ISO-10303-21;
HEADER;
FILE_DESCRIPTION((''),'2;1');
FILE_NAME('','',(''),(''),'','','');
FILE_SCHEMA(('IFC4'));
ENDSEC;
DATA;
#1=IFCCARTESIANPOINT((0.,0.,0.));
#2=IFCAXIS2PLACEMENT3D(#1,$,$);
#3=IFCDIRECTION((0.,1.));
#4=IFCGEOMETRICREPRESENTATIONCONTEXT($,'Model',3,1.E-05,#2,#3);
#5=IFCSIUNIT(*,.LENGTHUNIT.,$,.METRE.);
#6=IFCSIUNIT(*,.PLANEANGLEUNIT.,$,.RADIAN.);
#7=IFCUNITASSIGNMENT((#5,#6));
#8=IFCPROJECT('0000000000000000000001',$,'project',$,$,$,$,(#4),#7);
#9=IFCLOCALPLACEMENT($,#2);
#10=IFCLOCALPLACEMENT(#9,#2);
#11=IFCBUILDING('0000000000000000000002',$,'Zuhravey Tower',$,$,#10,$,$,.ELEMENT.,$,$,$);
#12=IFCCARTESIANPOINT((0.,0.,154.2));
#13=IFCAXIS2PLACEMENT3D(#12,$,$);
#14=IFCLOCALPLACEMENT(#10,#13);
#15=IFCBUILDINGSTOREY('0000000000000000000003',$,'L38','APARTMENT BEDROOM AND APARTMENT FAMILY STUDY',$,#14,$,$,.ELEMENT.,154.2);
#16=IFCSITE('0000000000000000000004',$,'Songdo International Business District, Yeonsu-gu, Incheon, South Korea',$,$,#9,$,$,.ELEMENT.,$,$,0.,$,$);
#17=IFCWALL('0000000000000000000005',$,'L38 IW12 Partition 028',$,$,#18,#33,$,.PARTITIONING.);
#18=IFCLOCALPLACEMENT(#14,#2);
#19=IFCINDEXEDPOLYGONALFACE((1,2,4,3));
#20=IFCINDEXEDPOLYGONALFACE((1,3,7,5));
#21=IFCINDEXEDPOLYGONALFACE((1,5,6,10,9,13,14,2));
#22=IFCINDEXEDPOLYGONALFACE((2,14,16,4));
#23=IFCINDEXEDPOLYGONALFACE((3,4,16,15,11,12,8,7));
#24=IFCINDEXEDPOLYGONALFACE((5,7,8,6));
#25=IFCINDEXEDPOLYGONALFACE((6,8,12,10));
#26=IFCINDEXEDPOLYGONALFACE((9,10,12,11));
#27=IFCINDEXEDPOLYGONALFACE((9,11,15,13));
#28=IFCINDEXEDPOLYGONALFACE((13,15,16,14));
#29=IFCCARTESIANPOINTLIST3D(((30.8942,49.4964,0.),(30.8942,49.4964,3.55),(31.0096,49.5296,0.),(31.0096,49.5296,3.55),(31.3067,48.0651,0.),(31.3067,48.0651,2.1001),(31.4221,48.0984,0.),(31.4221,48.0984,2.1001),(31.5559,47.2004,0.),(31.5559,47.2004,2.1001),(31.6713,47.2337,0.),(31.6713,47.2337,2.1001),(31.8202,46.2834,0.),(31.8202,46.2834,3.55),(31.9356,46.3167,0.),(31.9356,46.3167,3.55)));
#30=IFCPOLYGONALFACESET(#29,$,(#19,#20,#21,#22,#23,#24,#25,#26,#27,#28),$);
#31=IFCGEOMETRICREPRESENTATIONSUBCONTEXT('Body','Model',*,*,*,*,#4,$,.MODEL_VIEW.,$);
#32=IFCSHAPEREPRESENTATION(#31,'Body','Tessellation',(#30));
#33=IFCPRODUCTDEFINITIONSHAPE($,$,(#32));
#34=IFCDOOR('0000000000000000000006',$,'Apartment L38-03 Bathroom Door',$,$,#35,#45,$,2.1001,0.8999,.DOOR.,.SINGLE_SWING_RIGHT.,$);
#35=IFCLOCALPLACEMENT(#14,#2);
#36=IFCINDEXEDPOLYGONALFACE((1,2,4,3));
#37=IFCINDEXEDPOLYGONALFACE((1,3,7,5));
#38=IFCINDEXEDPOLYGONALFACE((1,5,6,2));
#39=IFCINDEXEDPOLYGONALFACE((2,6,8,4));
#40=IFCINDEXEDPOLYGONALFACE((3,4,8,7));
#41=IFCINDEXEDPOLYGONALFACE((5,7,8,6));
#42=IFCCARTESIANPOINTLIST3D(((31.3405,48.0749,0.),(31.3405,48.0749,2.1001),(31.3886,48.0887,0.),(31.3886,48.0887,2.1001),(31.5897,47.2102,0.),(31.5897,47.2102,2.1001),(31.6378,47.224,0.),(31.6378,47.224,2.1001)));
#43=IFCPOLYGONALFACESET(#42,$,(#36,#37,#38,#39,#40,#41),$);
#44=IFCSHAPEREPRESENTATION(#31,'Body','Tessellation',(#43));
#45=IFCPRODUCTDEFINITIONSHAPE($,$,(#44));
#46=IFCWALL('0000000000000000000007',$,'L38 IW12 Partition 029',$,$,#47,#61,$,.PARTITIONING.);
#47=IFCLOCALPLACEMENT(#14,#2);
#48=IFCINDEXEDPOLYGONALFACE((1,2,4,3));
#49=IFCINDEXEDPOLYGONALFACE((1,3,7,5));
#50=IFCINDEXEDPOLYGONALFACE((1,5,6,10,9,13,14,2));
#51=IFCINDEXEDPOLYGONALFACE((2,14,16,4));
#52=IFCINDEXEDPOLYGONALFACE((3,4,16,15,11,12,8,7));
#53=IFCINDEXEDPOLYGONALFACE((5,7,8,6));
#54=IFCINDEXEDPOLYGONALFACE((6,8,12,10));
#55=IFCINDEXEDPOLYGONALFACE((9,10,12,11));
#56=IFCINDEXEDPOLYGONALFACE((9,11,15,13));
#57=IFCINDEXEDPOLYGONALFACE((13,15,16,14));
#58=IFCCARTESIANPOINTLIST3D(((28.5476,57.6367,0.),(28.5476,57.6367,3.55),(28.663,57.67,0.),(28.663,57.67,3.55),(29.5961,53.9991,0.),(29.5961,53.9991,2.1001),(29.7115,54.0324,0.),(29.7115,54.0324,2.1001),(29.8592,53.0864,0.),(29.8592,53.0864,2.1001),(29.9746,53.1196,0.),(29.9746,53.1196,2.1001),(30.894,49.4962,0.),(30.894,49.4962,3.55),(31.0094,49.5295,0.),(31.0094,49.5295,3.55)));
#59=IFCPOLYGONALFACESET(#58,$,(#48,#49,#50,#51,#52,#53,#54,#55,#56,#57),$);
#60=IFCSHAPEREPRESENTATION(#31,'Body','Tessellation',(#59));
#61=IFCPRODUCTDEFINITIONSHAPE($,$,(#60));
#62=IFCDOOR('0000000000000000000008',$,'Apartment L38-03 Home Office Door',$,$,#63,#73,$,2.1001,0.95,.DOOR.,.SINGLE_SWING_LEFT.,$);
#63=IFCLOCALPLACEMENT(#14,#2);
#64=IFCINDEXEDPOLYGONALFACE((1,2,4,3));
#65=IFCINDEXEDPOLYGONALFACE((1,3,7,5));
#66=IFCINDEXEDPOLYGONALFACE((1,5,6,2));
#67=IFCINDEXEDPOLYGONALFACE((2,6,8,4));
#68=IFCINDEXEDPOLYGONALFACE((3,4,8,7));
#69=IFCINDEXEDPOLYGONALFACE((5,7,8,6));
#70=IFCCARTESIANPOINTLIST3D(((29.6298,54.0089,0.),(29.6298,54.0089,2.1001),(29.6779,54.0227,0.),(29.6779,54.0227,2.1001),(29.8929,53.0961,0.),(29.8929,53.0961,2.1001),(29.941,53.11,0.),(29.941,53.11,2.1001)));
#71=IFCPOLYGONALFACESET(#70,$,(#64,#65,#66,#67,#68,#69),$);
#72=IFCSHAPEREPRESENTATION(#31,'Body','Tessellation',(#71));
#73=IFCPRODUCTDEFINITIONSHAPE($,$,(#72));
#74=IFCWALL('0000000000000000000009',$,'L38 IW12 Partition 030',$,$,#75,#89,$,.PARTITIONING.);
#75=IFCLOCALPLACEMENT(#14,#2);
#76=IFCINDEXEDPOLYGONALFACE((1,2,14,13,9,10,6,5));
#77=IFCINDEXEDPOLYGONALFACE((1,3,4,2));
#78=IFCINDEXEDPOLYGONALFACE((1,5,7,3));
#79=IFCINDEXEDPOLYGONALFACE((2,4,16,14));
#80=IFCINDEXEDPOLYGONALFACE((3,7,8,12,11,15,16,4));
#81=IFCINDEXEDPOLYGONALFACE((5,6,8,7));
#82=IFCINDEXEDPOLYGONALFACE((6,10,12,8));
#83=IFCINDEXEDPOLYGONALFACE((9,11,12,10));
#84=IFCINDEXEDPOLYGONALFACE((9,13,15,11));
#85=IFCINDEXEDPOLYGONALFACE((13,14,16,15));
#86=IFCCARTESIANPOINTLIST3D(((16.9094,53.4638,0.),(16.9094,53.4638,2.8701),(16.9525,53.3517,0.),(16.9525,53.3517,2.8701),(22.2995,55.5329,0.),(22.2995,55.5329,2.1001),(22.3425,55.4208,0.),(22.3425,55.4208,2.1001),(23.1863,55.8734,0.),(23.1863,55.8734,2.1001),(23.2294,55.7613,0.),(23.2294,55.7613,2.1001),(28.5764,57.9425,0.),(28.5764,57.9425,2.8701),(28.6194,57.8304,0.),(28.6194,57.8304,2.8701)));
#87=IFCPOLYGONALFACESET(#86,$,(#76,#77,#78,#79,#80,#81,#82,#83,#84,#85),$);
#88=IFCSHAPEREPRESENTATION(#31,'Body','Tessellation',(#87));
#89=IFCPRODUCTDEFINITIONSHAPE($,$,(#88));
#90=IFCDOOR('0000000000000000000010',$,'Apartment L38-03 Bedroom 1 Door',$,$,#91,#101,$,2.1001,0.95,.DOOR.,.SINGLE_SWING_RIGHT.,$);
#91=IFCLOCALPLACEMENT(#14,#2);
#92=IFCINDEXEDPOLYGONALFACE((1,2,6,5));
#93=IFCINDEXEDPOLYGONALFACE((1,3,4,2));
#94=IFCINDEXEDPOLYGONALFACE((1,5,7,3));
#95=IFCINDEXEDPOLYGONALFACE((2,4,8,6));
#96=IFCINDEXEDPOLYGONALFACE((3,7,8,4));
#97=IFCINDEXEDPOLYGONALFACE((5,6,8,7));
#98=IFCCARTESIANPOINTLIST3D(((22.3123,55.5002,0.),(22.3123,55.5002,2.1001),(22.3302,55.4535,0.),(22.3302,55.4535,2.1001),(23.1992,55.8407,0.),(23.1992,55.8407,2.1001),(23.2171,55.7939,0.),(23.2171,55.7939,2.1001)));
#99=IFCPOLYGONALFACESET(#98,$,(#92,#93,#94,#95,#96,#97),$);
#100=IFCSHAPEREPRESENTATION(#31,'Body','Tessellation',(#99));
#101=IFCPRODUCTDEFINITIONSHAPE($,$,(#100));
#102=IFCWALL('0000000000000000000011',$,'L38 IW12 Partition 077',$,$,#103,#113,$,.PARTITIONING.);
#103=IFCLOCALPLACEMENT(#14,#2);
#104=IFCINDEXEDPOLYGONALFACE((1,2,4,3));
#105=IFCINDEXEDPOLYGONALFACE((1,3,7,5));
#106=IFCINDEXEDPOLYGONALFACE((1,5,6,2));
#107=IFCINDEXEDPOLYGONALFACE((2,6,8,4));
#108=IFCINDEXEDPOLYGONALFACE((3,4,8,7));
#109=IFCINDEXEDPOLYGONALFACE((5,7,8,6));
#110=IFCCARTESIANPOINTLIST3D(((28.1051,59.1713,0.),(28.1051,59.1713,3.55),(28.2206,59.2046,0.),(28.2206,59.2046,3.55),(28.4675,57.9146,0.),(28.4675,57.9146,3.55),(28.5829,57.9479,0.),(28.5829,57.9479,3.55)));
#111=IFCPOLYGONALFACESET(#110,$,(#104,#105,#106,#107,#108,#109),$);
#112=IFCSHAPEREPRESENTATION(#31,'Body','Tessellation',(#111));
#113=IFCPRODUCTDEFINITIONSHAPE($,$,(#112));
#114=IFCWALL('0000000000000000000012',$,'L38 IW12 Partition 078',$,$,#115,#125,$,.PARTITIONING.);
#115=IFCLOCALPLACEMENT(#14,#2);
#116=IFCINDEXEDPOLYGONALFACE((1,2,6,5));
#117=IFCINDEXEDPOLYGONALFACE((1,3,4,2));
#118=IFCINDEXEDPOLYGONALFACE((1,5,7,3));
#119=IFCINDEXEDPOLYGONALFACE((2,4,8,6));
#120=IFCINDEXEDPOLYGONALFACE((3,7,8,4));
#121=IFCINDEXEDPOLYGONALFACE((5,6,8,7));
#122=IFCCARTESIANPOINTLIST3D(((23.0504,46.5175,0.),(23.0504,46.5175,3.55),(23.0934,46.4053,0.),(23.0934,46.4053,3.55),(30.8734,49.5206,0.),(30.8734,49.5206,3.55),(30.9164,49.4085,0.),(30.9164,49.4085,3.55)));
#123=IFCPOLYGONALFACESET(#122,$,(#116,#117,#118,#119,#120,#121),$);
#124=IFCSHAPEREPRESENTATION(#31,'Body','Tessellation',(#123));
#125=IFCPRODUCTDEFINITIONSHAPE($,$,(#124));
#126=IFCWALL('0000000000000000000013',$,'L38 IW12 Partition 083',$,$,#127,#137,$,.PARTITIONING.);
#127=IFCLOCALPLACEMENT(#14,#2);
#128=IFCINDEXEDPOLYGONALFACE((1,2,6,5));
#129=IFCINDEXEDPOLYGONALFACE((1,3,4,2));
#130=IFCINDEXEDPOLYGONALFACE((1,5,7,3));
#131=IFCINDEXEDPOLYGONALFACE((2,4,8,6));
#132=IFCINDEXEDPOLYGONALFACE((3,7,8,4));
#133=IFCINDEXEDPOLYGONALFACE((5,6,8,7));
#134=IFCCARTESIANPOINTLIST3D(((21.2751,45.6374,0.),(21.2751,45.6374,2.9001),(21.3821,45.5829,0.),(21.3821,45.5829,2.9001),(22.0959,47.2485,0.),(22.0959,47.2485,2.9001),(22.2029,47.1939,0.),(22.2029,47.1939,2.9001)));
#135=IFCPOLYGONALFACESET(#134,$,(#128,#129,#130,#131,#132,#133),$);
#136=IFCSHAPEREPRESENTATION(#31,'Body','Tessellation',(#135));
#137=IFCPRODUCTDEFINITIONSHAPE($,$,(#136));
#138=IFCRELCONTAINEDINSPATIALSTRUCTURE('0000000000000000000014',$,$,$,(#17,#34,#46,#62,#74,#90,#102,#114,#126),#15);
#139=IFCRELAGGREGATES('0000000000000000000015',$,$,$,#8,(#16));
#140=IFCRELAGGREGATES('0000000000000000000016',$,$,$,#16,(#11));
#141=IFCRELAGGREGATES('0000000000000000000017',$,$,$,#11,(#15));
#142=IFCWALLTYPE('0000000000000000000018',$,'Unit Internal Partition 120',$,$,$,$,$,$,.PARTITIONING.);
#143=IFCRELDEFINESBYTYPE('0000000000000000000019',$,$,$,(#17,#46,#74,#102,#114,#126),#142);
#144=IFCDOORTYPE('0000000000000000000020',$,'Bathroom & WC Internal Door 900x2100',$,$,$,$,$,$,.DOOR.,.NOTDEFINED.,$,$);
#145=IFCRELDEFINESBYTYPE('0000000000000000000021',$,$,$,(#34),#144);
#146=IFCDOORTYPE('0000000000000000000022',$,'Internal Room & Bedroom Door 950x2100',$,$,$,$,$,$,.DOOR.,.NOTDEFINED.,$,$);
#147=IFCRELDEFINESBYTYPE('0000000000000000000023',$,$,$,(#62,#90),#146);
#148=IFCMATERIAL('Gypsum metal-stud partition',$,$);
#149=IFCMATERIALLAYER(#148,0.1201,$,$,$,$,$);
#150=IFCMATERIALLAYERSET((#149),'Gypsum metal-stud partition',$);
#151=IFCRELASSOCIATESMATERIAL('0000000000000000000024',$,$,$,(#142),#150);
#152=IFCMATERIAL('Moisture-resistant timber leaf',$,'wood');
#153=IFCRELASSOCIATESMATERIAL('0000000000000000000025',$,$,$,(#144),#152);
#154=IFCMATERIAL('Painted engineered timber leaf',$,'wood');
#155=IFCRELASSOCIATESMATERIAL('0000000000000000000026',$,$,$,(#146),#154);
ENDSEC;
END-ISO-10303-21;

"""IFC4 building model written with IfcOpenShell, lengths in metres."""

from ifc_helpers import new_model, si_unit, direction, frame, frame_2d, origin, place, context, subcontext, project, spatial, rectangle, extrude, material, layer, layer_set, type_object, element, fill, save


model = new_model("IFC4")

# Units and contexts
model_context = context("Model", 3, precision=1e-05, world=origin(), true_north=direction((0.0, 1.0)))
body_context = subcontext(model_context, "Body", "Model", "MODEL_VIEW")
ifc_project = project(units=[si_unit("LENGTHUNIT", "METRE"), si_unit("PLANEANGLEUNIT", "RADIAN")], contexts=[model_context])

# Site, building, storey
site_placement = place(None, origin())
site = spatial("IfcSite", under=ifc_project, at=site_placement, Name="Songdo International Business District, Yeonsu-gu, Incheon, South Korea", CompositionType="ELEMENT", RefElevation=0.0)
building_placement = place(site_placement, origin())
building = spatial("IfcBuilding", under=site, at=building_placement, Name="Zuhravey Tower", CompositionType="ELEMENT")
storey_placement = place(building_placement, frame((0.0, 0.0, 154.2)))
storey = spatial("IfcBuildingStorey", under=building, at=storey_placement, Name="L38", Description="APARTMENT BEDROOM AND APARTMENT FAMILY STUDY", CompositionType="ELEMENT", Elevation=154.2)

# Walls, openings, doors
ifc_material_1 = material(Name="Gypsum metal-stud partition")
ifc_layer_1 = layer(ifc_material_1, 0.1201)
ifc_layer_set_1 = layer_set([ifc_layer_1], Name="Gypsum metal-stud partition")
wall_type_1 = type_object("IfcWallType", Name="Unit Internal Partition 120", PredefinedType="PARTITIONING", material=ifc_layer_set_1)
wall_1_placement = place(storey_placement, frame((31.8779, 46.3, 0.0), z_axis=(0.0, 0.0, 1.0), x_axis=(-0.276948, 0.960885, 0.0)))
wall_1 = element("IfcWall", 1, at=wall_1_placement, inside=storey, type_object=wall_type_1, Name="L38 IW12 Partition 028", PredefinedType="PARTITIONING", context=body_context, shape_type="SweptSolid", body=[
    extrude(rectangle(XDim=3.3438, YDim=0.1201, at=frame_2d((1.6719, 0.0))), origin(), (0.0, 0.0, 1.0), 3.55),
])
opening_1_placement = place(wall_1_placement, frame((0.9543, 0.0, 0.0)))
opening_1 = element("IfcOpeningElement", 2, at=opening_1_placement, cuts=wall_1, PredefinedType="OPENING", context=body_context, shape_type="SweptSolid", body=[
    extrude(rectangle(XDim=0.8999, YDim=2.1001, at=frame_2d((0.45, 1.05))), frame((0.0, 0.072, 0.0), z_axis=(0.0, -1.0, 0.0), x_axis=(1.0, 0.0, 0.0)), (0.0, 0.0, 1.0), 0.144),
])
ifc_material_2 = material(Name="Moisture-resistant timber leaf", Category="wood")
door_type_1 = type_object("IfcDoorType", Name="Bathroom & WC Internal Door 900x2100", OperationType="NOTDEFINED", PredefinedType="DOOR", material=ifc_material_2)
door_1_placement = place(opening_1_placement, origin())
door_1 = element("IfcDoor", 3, at=door_1_placement, inside=storey, type_object=door_type_1, Name="Apartment L38-03 Bathroom Door", OperationType="SINGLE_SWING_RIGHT", OverallHeight=2.1001, OverallWidth=0.8999, PredefinedType="DOOR", context=body_context, shape_type="SweptSolid", body=[
    extrude(rectangle(XDim=0.8999, YDim=2.1001, at=frame_2d((0.45, 1.05))), frame((0.0, 0.0249, 0.0), z_axis=(0.0, -1.0, 0.0), x_axis=(1.0, 0.0, 0.0)), (0.0, 0.0, 1.0), 0.05),
])
fill(opening_1, door_1)
wall_2_placement = place(storey_placement, frame((30.9517, 49.5129, 0.0), z_axis=(0.0, 0.0, 1.0), x_axis=(-0.276962, 0.960881, 0.0)))
wall_2 = element("IfcWall", 4, at=wall_2_placement, inside=storey, type_object=wall_type_1, Name="L38 IW12 Partition 029", PredefinedType="PARTITIONING", context=body_context, shape_type="SweptSolid", body=[
    extrude(rectangle(XDim=8.4719, YDim=0.1201, at=frame_2d((4.2358, 0.0))), origin(), (0.0, 0.0, 1.0), 3.55),
])
opening_2_placement = place(wall_2_placement, frame((3.7361, 0.0, 0.0)))
opening_2 = element("IfcOpeningElement", 5, at=opening_2_placement, cuts=wall_2, PredefinedType="OPENING", context=body_context, shape_type="SweptSolid", body=[
    extrude(rectangle(XDim=0.95, YDim=2.1001, at=frame_2d((0.4751, 1.05))), frame((0.0, 0.072, 0.0), z_axis=(0.0, -1.0, 0.0), x_axis=(1.0, 0.0, 0.0)), (0.0, 0.0, 1.0), 0.144),
])
ifc_material_3 = material(Name="Painted engineered timber leaf", Category="wood")
door_type_2 = type_object("IfcDoorType", Name="Internal Room & Bedroom Door 950x2100", OperationType="NOTDEFINED", PredefinedType="DOOR", material=ifc_material_3)
door_2_placement = place(opening_2_placement, origin())
door_2 = element("IfcDoor", 6, at=door_2_placement, inside=storey, type_object=door_type_2, Name="Apartment L38-03 Home Office Door", OperationType="SINGLE_SWING_LEFT", OverallHeight=2.1001, OverallWidth=0.95, PredefinedType="DOOR", context=body_context, shape_type="SweptSolid", body=[
    extrude(rectangle(XDim=0.95, YDim=2.1001, at=frame_2d((0.4751, 1.05))), frame((0.0, 0.0249, 0.0), z_axis=(0.0, -1.0, 0.0), x_axis=(1.0, 0.0, 0.0)), (0.0, 0.0, 1.0), 0.05),
])
fill(opening_2, door_2)
wall_3_placement = place(storey_placement, frame((28.5979, 57.8865, 0.0), z_axis=(0.0, 0.0, 1.0), x_axis=(-0.933575, -0.358383, 0.0)))
wall_3 = element("IfcWall", 7, at=wall_3_placement, inside=storey, type_object=wall_type_1, Name="L38 IW12 Partition 030", PredefinedType="PARTITIONING", context=body_context, shape_type="SweptSolid", body=[
    extrude(rectangle(XDim=12.4971, YDim=0.1201, at=frame_2d((6.2485, 0.0))), origin(), (0.0, 0.0, 1.0), 2.8701),
])
opening_3_placement = place(wall_3_placement, frame((5.7734, 0.0, 0.0)))
opening_3 = element("IfcOpeningElement", 8, at=opening_3_placement, cuts=wall_3, PredefinedType="OPENING", context=body_context, shape_type="SweptSolid", body=[
    extrude(rectangle(XDim=0.95, YDim=2.1001, at=frame_2d((0.4751, 1.05))), frame((0.0, 0.072, 0.0), z_axis=(0.0, -1.0, 0.0), x_axis=(1.0, 0.0, 0.0)), (0.0, 0.0, 1.0), 0.144),
])
door_3_placement = place(opening_3_placement, frame((0.95, 0.0, 0.0), z_axis=(0.0, 0.0, 1.0), x_axis=(-1.0, 0.0, 0.0)))
door_3 = element("IfcDoor", 9, at=door_3_placement, inside=storey, type_object=door_type_2, Name="Apartment L38-03 Bedroom 1 Door", OperationType="SINGLE_SWING_RIGHT", OverallHeight=2.1001, OverallWidth=0.95, PredefinedType="DOOR", context=body_context, shape_type="SweptSolid", body=[
    extrude(rectangle(XDim=0.95, YDim=2.1001, at=frame_2d((0.4751, 1.05))), frame((0.0, 0.0249, 0.0), z_axis=(0.0, -1.0, 0.0), x_axis=(1.0, 0.0, 0.0)), (0.0, 0.0, 1.0), 0.05),
])
fill(opening_3, door_3)

# Walls
wall_4_placement = place(storey_placement, frame((28.5251, 57.9314, 0.0), z_axis=(0.0, 0.0, 1.0), x_axis=(-0.277038, 0.960859, 0.0)))
element("IfcWall", 10, at=wall_4_placement, inside=storey, type_object=wall_type_1, Name="L38 IW12 Partition 077", PredefinedType="PARTITIONING", context=body_context, shape_type="SweptSolid", body=[
    extrude(rectangle(XDim=1.3079, YDim=0.1201, at=frame_2d((0.6538, 0.0))), origin(), (0.0, 0.0, 1.0), 3.55),
])
wall_5_placement = place(storey_placement, frame((30.895, 49.4646, 0.0), z_axis=(0.0, 0.0, 1.0), x_axis=(-0.933572, -0.358389, 0.0)))
element("IfcWall", 11, at=wall_5_placement, inside=storey, type_object=wall_type_1, Name="L38 IW12 Partition 078", PredefinedType="PARTITIONING", context=body_context, shape_type="SweptSolid", body=[
    extrude(rectangle(XDim=8.3796, YDim=0.1201, at=frame_2d((4.1899, 0.0))), origin(), (0.0, 0.0, 1.0), 3.55),
])
wall_6_placement = place(storey_placement, frame((22.1494, 47.2212, 0.0), z_axis=(0.0, 0.0, 1.0), x_axis=(-0.453952, -0.891026, 0.0)))
element("IfcWall", 12, at=wall_6_placement, inside=storey, type_object=wall_type_1, Name="L38 IW12 Partition 083", PredefinedType="PARTITIONING", context=body_context, shape_type="SweptSolid", body=[
    extrude(rectangle(XDim=1.8081, YDim=0.1201, at=frame_2d((0.9041, 0.0))), origin(), (0.0, 0.0, 1.0), 2.9001),
])

save(model, "model.ifc")
